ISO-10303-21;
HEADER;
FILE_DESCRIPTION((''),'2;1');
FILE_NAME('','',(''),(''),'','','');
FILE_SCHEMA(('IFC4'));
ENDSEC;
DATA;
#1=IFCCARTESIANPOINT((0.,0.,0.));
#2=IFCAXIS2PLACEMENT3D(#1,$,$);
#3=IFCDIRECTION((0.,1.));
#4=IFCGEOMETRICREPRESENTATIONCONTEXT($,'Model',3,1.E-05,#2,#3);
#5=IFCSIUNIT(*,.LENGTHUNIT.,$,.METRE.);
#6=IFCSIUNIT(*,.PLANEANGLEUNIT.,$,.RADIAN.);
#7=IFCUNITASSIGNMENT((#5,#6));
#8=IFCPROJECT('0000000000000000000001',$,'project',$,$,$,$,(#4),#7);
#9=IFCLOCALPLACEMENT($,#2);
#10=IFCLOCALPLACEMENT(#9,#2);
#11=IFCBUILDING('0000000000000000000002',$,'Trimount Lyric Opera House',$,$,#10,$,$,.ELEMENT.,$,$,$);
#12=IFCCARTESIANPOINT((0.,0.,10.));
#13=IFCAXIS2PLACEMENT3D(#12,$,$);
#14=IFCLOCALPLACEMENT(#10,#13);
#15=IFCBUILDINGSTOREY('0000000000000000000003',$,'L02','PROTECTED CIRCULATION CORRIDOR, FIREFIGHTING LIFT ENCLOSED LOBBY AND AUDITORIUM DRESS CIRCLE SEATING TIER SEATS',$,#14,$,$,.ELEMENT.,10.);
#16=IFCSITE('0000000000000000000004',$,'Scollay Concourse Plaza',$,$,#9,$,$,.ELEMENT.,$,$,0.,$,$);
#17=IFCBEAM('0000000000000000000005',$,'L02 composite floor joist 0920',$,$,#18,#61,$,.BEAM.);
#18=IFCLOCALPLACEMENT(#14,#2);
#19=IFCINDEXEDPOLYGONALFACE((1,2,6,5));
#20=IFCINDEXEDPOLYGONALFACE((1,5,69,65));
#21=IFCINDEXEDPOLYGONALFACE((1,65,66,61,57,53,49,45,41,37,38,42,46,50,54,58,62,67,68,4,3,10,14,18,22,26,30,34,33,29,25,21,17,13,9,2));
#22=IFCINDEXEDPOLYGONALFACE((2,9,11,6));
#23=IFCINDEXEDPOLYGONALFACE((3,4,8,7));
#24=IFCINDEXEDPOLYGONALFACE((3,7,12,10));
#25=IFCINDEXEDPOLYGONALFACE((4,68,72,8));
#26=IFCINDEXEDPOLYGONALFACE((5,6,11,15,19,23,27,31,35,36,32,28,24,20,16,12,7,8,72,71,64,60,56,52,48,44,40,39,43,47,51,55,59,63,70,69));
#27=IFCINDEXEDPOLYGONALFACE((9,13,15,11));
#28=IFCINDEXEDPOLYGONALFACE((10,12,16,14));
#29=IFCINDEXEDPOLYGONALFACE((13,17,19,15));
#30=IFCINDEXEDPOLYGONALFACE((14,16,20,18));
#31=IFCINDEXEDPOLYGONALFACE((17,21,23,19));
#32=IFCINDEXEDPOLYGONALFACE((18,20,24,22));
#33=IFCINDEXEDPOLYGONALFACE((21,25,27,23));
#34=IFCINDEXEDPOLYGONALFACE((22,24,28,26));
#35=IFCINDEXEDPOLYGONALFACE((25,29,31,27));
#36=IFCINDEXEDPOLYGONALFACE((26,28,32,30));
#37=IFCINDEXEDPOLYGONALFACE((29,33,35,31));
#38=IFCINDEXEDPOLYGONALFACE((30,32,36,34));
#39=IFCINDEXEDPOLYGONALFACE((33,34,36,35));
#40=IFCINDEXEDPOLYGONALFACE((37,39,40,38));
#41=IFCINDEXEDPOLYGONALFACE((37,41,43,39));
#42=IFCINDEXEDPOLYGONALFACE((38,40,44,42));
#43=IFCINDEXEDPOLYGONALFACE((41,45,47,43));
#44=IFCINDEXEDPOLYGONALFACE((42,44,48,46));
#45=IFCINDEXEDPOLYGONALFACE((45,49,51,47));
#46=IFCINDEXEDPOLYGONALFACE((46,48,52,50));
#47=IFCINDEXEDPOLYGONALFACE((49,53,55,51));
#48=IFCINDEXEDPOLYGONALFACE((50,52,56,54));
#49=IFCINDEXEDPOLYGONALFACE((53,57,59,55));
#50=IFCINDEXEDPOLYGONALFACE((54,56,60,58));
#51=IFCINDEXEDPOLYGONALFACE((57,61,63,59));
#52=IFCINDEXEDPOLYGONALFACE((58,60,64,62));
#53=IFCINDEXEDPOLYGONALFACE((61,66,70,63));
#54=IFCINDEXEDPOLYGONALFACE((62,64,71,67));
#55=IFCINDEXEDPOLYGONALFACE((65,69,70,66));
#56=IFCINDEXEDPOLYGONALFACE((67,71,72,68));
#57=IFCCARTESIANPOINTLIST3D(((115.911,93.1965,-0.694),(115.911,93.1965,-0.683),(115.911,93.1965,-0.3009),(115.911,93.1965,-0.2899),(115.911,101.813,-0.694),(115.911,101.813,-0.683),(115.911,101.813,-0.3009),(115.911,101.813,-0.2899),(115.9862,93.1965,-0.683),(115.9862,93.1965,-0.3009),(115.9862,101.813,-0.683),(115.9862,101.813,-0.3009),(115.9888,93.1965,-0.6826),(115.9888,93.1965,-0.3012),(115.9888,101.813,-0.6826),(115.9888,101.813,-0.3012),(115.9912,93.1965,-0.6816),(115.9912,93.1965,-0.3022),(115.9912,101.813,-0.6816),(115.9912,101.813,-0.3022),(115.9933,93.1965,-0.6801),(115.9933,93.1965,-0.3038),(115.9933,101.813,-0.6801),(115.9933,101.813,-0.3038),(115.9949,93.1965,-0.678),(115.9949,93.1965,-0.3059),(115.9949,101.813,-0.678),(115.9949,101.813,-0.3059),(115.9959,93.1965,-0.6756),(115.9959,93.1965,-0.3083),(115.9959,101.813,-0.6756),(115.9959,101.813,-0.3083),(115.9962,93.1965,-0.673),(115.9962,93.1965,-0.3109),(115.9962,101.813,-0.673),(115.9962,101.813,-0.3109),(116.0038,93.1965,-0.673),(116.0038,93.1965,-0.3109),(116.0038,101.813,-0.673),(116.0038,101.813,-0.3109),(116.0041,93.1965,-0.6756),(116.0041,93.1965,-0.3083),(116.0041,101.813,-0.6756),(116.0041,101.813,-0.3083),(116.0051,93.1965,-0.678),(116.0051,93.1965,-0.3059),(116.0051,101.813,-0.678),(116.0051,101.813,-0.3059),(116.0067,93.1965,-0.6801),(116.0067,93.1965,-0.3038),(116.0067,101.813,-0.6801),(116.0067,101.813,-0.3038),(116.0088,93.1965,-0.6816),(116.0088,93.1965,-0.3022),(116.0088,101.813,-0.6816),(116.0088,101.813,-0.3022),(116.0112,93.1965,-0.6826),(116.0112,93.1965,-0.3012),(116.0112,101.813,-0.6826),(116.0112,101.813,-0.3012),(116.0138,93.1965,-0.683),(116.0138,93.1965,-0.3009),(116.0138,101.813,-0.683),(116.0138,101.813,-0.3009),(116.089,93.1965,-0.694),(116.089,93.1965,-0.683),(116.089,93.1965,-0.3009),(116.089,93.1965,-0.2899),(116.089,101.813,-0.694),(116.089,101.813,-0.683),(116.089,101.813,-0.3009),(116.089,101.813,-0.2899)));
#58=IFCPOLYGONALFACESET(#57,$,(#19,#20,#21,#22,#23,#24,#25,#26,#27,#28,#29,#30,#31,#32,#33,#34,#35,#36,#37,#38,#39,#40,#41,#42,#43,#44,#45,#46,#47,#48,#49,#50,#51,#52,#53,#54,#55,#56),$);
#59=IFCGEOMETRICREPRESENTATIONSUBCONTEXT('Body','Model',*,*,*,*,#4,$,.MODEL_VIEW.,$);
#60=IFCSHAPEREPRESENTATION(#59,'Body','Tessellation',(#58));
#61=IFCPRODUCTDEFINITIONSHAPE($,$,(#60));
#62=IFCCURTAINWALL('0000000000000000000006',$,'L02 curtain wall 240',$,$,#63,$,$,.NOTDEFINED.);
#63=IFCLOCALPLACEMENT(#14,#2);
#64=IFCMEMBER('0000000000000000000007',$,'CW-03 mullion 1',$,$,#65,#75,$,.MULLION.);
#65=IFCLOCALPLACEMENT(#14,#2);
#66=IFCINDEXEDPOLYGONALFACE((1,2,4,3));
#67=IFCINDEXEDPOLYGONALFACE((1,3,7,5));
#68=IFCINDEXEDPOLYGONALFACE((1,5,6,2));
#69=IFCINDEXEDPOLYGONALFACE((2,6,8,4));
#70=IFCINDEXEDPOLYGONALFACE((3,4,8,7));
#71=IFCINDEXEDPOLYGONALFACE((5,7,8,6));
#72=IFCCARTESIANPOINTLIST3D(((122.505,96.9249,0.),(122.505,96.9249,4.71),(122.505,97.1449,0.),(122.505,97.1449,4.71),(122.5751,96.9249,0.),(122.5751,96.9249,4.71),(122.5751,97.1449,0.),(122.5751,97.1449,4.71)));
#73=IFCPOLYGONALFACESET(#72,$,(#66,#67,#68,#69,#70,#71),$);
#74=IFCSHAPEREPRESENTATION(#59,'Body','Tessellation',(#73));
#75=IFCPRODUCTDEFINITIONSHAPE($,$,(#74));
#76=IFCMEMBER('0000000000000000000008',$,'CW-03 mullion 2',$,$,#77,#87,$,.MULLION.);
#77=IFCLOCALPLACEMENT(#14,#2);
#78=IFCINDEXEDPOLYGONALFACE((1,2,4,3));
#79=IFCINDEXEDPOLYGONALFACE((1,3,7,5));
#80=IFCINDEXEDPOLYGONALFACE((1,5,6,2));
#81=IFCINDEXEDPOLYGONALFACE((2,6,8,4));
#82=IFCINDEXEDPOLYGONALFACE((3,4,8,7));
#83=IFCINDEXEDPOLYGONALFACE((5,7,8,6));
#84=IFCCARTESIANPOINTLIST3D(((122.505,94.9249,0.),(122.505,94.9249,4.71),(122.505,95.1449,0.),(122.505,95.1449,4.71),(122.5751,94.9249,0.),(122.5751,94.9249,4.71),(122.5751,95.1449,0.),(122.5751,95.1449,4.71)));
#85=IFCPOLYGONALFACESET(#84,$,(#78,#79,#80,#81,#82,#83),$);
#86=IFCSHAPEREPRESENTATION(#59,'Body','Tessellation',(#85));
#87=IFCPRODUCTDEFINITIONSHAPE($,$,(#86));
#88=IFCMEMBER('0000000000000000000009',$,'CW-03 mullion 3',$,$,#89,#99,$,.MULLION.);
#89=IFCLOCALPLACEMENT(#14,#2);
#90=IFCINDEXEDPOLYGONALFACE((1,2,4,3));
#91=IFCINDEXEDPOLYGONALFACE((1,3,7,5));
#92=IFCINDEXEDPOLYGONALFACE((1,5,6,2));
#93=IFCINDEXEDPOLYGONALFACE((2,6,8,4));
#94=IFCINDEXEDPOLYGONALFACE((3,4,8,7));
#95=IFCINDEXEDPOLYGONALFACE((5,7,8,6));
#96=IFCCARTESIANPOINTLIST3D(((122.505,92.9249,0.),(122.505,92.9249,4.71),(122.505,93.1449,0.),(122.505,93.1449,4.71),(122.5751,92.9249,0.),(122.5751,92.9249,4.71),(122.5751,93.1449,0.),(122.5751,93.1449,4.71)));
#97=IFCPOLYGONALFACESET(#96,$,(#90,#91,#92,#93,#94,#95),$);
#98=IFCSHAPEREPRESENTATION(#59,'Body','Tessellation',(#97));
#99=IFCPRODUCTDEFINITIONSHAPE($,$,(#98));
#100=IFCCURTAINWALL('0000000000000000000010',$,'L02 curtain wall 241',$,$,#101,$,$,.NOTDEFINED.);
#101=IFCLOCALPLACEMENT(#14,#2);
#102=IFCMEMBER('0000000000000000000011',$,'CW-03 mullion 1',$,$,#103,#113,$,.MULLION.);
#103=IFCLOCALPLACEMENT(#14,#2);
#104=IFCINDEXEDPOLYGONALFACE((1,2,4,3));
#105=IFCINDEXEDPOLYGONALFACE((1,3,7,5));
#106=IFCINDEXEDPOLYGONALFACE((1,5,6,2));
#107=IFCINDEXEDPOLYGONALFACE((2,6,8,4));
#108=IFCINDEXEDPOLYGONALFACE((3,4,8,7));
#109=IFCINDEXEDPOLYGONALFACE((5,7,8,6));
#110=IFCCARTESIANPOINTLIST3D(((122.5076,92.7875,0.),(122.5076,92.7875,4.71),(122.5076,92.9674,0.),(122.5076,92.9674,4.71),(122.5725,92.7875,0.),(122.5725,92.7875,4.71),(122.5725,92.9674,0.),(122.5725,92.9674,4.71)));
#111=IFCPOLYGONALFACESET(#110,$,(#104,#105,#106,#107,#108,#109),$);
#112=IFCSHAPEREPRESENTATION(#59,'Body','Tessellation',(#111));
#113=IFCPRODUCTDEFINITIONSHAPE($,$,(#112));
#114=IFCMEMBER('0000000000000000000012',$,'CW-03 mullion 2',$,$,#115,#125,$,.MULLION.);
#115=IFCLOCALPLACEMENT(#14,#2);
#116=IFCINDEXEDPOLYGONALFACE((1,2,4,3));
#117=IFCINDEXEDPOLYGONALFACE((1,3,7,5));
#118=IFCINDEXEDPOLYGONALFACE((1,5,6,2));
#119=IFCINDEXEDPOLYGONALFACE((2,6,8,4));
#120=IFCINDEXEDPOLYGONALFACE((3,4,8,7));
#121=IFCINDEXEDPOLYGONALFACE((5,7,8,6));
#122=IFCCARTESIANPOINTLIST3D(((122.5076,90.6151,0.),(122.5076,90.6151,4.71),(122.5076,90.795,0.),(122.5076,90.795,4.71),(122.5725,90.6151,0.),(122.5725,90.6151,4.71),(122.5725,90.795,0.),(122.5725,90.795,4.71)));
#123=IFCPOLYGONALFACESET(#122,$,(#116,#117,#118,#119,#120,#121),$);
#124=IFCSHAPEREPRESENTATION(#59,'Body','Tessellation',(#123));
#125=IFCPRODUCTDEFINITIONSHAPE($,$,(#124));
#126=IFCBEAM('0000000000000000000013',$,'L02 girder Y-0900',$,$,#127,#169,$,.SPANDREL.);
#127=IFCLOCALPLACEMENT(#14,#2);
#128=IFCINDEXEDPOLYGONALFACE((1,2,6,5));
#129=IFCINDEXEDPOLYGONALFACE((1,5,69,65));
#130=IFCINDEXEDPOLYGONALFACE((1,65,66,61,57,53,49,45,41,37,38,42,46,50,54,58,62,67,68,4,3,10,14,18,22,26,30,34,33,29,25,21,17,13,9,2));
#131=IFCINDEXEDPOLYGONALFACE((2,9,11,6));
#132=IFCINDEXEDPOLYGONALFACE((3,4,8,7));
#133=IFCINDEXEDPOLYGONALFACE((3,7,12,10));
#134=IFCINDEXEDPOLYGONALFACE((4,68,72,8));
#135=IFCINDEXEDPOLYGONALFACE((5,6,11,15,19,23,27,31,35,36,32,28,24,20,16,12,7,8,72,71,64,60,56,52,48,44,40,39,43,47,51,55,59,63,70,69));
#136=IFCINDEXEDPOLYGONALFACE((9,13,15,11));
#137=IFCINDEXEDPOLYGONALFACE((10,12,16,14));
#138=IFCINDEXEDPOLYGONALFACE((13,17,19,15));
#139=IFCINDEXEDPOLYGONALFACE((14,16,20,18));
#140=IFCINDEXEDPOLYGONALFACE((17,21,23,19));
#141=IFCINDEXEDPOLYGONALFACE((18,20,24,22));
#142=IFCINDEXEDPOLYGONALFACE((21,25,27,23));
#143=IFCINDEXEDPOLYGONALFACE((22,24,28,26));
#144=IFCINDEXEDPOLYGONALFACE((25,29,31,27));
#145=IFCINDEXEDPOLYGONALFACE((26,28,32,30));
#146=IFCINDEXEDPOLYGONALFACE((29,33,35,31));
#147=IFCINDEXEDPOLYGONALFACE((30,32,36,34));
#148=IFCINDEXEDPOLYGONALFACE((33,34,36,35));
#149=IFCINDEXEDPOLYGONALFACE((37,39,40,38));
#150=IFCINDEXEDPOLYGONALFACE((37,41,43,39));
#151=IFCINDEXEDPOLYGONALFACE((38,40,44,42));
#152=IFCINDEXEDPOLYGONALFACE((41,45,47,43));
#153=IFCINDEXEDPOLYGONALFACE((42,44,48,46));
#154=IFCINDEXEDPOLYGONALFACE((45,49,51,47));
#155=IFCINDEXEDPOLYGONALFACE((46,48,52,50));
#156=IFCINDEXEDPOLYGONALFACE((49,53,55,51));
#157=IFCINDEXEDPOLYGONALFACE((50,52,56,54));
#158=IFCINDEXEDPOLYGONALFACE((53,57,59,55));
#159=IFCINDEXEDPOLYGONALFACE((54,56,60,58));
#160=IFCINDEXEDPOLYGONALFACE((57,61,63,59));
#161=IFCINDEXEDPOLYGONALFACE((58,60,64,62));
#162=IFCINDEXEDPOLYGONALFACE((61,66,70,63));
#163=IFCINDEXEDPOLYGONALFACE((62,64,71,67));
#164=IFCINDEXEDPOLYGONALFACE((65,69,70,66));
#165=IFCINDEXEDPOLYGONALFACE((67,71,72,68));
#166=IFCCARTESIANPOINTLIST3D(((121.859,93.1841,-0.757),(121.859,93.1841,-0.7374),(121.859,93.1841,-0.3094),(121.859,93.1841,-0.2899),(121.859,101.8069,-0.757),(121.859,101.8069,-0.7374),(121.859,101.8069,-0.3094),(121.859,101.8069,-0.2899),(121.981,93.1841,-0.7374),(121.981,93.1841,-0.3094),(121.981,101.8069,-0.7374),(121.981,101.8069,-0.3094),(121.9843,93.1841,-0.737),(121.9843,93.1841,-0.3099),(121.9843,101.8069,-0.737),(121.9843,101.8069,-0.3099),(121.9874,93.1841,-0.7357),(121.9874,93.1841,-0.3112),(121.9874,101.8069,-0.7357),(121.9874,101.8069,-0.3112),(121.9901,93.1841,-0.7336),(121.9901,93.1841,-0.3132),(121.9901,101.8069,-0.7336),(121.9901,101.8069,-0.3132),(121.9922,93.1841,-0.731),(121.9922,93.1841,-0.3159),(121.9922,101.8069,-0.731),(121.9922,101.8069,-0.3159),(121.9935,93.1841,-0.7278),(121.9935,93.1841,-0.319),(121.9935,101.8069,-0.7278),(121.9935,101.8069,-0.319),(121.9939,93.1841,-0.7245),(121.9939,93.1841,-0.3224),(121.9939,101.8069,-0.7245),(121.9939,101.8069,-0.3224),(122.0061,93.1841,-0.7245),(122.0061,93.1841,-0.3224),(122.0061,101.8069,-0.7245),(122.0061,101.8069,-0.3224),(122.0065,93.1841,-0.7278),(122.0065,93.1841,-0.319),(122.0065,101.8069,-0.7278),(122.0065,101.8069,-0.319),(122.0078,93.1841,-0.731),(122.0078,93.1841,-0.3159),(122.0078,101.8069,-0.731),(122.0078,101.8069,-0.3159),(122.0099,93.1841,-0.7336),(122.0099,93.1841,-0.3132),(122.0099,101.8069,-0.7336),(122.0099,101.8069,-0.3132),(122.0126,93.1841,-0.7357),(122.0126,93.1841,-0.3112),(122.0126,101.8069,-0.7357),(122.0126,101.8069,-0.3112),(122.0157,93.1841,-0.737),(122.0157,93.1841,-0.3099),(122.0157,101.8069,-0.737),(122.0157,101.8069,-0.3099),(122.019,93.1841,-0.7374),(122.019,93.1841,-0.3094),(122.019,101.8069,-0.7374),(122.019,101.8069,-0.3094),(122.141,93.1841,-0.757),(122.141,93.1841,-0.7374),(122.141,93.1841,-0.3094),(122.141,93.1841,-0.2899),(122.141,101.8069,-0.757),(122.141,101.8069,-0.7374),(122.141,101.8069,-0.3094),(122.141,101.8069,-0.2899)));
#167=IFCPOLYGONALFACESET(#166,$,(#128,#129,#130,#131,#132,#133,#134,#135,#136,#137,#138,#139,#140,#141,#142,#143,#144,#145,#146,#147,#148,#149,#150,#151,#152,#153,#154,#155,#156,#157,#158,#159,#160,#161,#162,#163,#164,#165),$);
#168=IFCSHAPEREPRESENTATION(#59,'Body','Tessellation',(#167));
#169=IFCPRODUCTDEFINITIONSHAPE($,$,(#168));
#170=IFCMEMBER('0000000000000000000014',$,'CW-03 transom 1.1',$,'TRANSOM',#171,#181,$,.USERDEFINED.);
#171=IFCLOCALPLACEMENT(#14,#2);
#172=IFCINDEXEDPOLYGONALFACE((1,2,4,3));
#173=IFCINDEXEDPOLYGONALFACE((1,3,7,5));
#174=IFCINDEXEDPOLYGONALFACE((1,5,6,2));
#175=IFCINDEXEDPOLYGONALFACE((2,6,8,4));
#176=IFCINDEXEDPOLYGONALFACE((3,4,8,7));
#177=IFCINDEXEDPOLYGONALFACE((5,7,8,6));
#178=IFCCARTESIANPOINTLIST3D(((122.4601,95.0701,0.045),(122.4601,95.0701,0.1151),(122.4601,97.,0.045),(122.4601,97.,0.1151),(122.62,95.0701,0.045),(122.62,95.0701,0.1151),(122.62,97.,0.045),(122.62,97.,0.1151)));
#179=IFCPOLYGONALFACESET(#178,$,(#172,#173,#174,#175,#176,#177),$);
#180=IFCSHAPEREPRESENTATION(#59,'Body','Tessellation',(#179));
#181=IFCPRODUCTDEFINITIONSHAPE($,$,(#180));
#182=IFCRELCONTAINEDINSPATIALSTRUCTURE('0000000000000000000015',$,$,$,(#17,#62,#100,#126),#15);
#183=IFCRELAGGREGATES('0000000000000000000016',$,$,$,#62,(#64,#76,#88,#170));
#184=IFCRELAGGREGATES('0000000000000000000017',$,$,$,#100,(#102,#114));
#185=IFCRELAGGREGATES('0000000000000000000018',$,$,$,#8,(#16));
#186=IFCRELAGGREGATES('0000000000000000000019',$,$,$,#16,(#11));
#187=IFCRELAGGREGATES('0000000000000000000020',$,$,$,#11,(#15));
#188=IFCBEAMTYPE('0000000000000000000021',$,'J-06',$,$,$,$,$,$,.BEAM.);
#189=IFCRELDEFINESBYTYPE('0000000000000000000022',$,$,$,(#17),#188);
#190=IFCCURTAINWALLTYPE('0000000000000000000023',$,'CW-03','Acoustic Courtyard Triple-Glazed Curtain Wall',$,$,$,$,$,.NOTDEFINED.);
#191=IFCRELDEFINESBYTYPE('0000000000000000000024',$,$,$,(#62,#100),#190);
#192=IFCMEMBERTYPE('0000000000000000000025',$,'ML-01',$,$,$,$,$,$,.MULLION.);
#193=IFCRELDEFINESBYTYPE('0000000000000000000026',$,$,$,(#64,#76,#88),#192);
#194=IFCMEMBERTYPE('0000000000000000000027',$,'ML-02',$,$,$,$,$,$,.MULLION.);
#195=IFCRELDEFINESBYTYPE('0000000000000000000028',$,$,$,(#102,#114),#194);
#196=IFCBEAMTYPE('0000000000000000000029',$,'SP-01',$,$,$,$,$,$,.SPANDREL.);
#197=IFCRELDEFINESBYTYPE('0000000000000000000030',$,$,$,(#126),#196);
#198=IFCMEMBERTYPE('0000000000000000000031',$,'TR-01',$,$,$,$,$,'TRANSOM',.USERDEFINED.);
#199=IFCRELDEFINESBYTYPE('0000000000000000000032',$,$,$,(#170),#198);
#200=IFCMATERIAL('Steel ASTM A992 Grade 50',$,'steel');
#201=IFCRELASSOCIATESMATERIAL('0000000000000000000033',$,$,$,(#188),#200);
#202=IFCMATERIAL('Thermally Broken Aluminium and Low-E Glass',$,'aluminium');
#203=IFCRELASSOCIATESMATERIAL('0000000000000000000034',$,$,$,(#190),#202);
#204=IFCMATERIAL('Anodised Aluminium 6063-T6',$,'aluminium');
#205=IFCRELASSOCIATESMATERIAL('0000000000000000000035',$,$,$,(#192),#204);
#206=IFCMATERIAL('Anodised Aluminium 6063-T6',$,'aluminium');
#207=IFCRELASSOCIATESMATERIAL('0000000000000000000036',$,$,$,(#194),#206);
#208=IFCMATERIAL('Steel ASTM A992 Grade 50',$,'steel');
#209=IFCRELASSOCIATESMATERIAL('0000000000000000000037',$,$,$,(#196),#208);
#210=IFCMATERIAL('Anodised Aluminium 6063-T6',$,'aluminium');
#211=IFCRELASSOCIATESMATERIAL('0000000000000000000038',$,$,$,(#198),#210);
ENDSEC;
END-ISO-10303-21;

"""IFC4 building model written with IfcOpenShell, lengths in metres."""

from ifc_helpers import new_model, si_unit, direction, frame, origin, origin_2d, place, context, subcontext, project, spatial, rectangle, i_section, extrude, material, material_profile, profile_set, type_object, element, aggregate, save


model = new_model("IFC4")

# Units and contexts
model_context = context("Model", 3, precision=1e-05, world=origin(), true_north=direction((0.0, 1.0)))
body_context = subcontext(model_context, "Body", "Model", "MODEL_VIEW")
ifc_project = project(units=[si_unit("LENGTHUNIT", "METRE"), si_unit("PLANEANGLEUNIT", "RADIAN")], contexts=[model_context])

# Site, building, storey
site_placement = place(None, origin())
site = spatial("IfcSite", under=ifc_project, at=site_placement, Name="Scollay Concourse Plaza", CompositionType="ELEMENT", RefElevation=0.0)
building_placement = place(site_placement, origin())
building = spatial("IfcBuilding", under=site, at=building_placement, Name="Trimount Lyric Opera House", CompositionType="ELEMENT")
storey_placement = place(building_placement, frame((0.0, 0.0, 10.0)))
storey = spatial("IfcBuildingStorey", under=building, at=storey_placement, Name="L02", Description="PROTECTED CIRCULATION CORRIDOR, FIREFIGHTING LIFT ENCLOSED LOBBY AND AUDITORIUM DRESS CIRCLE SEATING TIER SEATS", CompositionType="ELEMENT", Elevation=10.0)

# Beam
ifc_material_1 = material(Name="Steel ASTM A992 Grade 50", Category="steel")
ifc_material_profile_1 = material_profile(ifc_material_1, i_section(OverallWidth=0.178, OverallDepth=0.4041, WebThickness=0.0076, FlangeThickness=0.011, FilletRadius=0.01, at=origin_2d()), Name="W16X36")
ifc_profile_set_1 = profile_set([ifc_material_profile_1], Name="Steel ASTM A992 Grade 50")
beam_type_1 = type_object("IfcBeamType", Name="J-06", PredefinedType="BEAM", material=ifc_profile_set_1)
beam_1_placement = place(storey_placement, frame((116.0, 93.1965, -0.4919), z_axis=(0.0, 1.0, 0.0), x_axis=(-1.0, 0.0, 0.0)))
element("IfcBeam", 1, at=beam_1_placement, inside=storey, type_object=beam_type_1, Name="L02 composite floor joist 0920", PredefinedType="BEAM", context=body_context, shape_type="SweptSolid", body=[
    extrude(i_section(OverallWidth=0.178, OverallDepth=0.4041, WebThickness=0.0076, FlangeThickness=0.011, FilletRadius=0.01, at=origin_2d()), origin(), (0.0, 0.0, 1.0), 8.6165),
])

# Curtain walls, members
ifc_material_2 = material(Name="Thermally Broken Aluminium and Low-E Glass", Category="aluminium")
curtain_wall_type = type_object("IfcCurtainWallType", Name="CW-03", Description="Acoustic Courtyard Triple-Glazed Curtain Wall", PredefinedType="NOTDEFINED", material=ifc_material_2)
curtain_wall_1_placement = place(storey_placement, origin())
curtain_wall_1 = element("IfcCurtainWall", 2, at=curtain_wall_1_placement, inside=storey, type_object=curtain_wall_type, Name="L02 curtain wall 240", PredefinedType="NOTDEFINED")
ifc_material_3 = material(Name="Anodised Aluminium 6063-T6", Category="aluminium")
ifc_material_profile_2 = material_profile(ifc_material_3, rectangle(XDim=0.0701, YDim=0.22, at=origin_2d()), Name="ALU-MULL-70X220")
ifc_profile_set_2 = profile_set([ifc_material_profile_2], Name="Anodised Aluminium 6063-T6")
member_type_1 = type_object("IfcMemberType", Name="ML-01", PredefinedType="MULLION", material=ifc_profile_set_2)
member_1_placement = place(storey_placement, frame((122.54, 97.0349, 0.0), z_axis=(0.0, 0.0, 1.0), x_axis=(1.0, 0.0, 0.0)))
member_1 = element("IfcMember", 3, at=member_1_placement, type_object=member_type_1, Name="CW-03 mullion 1", PredefinedType="MULLION", context=body_context, shape_type="SweptSolid", body=[
    extrude(rectangle(XDim=0.0701, YDim=0.22, at=origin_2d()), origin(), (0.0, 0.0, 1.0), 4.71),
])
member_2_placement = place(storey_placement, frame((122.54, 95.0349, 0.0), z_axis=(0.0, 0.0, 1.0), x_axis=(1.0, 0.0, 0.0)))
member_2 = element("IfcMember", 4, at=member_2_placement, type_object=member_type_1, Name="CW-03 mullion 2", PredefinedType="MULLION", context=body_context, shape_type="SweptSolid", body=[
    extrude(rectangle(XDim=0.0701, YDim=0.22, at=origin_2d()), origin(), (0.0, 0.0, 1.0), 4.71),
])
member_3_placement = place(storey_placement, frame((122.54, 93.0349, 0.0), z_axis=(0.0, 0.0, 1.0), x_axis=(1.0, 0.0, 0.0)))
member_3 = element("IfcMember", 5, at=member_3_placement, type_object=member_type_1, Name="CW-03 mullion 3", PredefinedType="MULLION", context=body_context, shape_type="SweptSolid", body=[
    extrude(rectangle(XDim=0.0701, YDim=0.22, at=origin_2d()), origin(), (0.0, 0.0, 1.0), 4.71),
])
curtain_wall_2_placement = place(storey_placement, origin())
curtain_wall_2 = element("IfcCurtainWall", 6, at=curtain_wall_2_placement, inside=storey, type_object=curtain_wall_type, Name="L02 curtain wall 241", PredefinedType="NOTDEFINED")
ifc_material_4 = material(Name="Anodised Aluminium 6063-T6", Category="aluminium")
ifc_material_profile_3 = material_profile(ifc_material_4, rectangle(XDim=0.0649, YDim=0.1799, at=origin_2d()), Name="ALU-MULL-65X180")
ifc_profile_set_3 = profile_set([ifc_material_profile_3], Name="Anodised Aluminium 6063-T6")
member_type_2 = type_object("IfcMemberType", Name="ML-02", PredefinedType="MULLION", material=ifc_profile_set_3)
member_4_placement = place(storey_placement, frame((122.54, 92.8774, 0.0), z_axis=(0.0, 0.0, 1.0), x_axis=(1.0, 0.0, 0.0)))
member_4 = element("IfcMember", 7, at=member_4_placement, type_object=member_type_2, Name="CW-03 mullion 1", PredefinedType="MULLION", context=body_context, shape_type="SweptSolid", body=[
    extrude(rectangle(XDim=0.0649, YDim=0.1799, at=origin_2d()), origin(), (0.0, 0.0, 1.0), 4.71),
])
member_5_placement = place(storey_placement, frame((122.54, 90.7051, 0.0), z_axis=(0.0, 0.0, 1.0), x_axis=(1.0, 0.0, 0.0)))
member_5 = element("IfcMember", 8, at=member_5_placement, type_object=member_type_2, Name="CW-03 mullion 2", PredefinedType="MULLION", context=body_context, shape_type="SweptSolid", body=[
    extrude(rectangle(XDim=0.0649, YDim=0.1799, at=origin_2d()), origin(), (0.0, 0.0, 1.0), 4.71),
])

# Beam
ifc_material_5 = material(Name="Steel ASTM A992 Grade 50", Category="steel")
ifc_material_profile_4 = material_profile(ifc_material_5, i_section(OverallWidth=0.282, OverallDepth=0.467, WebThickness=0.0122, FlangeThickness=0.0195, FilletRadius=0.0129, at=origin_2d()), Name="W18X86")
ifc_profile_set_4 = profile_set([ifc_material_profile_4], Name="Steel ASTM A992 Grade 50")
beam_type_2 = type_object("IfcBeamType", Name="SP-01", PredefinedType="SPANDREL", material=ifc_profile_set_4)
beam_2_placement = place(storey_placement, frame((122.0, 93.1841, -0.5234), z_axis=(0.0, 1.0, 0.0), x_axis=(-1.0, 0.0, 0.0)))
element("IfcBeam", 9, at=beam_2_placement, inside=storey, type_object=beam_type_2, Name="L02 girder Y-0900", PredefinedType="SPANDREL", context=body_context, shape_type="SweptSolid", body=[
    extrude(i_section(OverallWidth=0.282, OverallDepth=0.467, WebThickness=0.0122, FlangeThickness=0.0195, FilletRadius=0.0129, at=origin_2d()), origin(), (0.0, 0.0, 1.0), 8.6228),
])

# Member
ifc_material_6 = material(Name="Anodised Aluminium 6063-T6", Category="aluminium")
ifc_material_profile_5 = material_profile(ifc_material_6, rectangle(XDim=0.1599, YDim=0.0701, at=origin_2d()), Name="ALU-TRAN-70X160")
ifc_profile_set_5 = profile_set([ifc_material_profile_5], Name="Anodised Aluminium 6063-T6")
member_type_3 = type_object("IfcMemberType", Name="TR-01", ElementType="TRANSOM", PredefinedType="USERDEFINED", material=ifc_profile_set_5)
member_6_placement = place(storey_placement, frame((122.54, 97.0, 0.0801), z_axis=(0.0, -1.0, 0.0), x_axis=(1.0, 0.0, 0.0)))
member_6 = element("IfcMember", 10, at=member_6_placement, type_object=member_type_3, Name="CW-03 transom 1.1", ObjectType="TRANSOM", PredefinedType="USERDEFINED", context=body_context, shape_type="SweptSolid", body=[
    extrude(rectangle(XDim=0.1599, YDim=0.0701, at=origin_2d()), origin(), (0.0, 0.0, 1.0), 1.9299),
])

aggregate(curtain_wall_1, [member_1, member_2, member_3, member_6])
aggregate(curtain_wall_2, [member_4, member_5])

save(model, "model.ifc")
